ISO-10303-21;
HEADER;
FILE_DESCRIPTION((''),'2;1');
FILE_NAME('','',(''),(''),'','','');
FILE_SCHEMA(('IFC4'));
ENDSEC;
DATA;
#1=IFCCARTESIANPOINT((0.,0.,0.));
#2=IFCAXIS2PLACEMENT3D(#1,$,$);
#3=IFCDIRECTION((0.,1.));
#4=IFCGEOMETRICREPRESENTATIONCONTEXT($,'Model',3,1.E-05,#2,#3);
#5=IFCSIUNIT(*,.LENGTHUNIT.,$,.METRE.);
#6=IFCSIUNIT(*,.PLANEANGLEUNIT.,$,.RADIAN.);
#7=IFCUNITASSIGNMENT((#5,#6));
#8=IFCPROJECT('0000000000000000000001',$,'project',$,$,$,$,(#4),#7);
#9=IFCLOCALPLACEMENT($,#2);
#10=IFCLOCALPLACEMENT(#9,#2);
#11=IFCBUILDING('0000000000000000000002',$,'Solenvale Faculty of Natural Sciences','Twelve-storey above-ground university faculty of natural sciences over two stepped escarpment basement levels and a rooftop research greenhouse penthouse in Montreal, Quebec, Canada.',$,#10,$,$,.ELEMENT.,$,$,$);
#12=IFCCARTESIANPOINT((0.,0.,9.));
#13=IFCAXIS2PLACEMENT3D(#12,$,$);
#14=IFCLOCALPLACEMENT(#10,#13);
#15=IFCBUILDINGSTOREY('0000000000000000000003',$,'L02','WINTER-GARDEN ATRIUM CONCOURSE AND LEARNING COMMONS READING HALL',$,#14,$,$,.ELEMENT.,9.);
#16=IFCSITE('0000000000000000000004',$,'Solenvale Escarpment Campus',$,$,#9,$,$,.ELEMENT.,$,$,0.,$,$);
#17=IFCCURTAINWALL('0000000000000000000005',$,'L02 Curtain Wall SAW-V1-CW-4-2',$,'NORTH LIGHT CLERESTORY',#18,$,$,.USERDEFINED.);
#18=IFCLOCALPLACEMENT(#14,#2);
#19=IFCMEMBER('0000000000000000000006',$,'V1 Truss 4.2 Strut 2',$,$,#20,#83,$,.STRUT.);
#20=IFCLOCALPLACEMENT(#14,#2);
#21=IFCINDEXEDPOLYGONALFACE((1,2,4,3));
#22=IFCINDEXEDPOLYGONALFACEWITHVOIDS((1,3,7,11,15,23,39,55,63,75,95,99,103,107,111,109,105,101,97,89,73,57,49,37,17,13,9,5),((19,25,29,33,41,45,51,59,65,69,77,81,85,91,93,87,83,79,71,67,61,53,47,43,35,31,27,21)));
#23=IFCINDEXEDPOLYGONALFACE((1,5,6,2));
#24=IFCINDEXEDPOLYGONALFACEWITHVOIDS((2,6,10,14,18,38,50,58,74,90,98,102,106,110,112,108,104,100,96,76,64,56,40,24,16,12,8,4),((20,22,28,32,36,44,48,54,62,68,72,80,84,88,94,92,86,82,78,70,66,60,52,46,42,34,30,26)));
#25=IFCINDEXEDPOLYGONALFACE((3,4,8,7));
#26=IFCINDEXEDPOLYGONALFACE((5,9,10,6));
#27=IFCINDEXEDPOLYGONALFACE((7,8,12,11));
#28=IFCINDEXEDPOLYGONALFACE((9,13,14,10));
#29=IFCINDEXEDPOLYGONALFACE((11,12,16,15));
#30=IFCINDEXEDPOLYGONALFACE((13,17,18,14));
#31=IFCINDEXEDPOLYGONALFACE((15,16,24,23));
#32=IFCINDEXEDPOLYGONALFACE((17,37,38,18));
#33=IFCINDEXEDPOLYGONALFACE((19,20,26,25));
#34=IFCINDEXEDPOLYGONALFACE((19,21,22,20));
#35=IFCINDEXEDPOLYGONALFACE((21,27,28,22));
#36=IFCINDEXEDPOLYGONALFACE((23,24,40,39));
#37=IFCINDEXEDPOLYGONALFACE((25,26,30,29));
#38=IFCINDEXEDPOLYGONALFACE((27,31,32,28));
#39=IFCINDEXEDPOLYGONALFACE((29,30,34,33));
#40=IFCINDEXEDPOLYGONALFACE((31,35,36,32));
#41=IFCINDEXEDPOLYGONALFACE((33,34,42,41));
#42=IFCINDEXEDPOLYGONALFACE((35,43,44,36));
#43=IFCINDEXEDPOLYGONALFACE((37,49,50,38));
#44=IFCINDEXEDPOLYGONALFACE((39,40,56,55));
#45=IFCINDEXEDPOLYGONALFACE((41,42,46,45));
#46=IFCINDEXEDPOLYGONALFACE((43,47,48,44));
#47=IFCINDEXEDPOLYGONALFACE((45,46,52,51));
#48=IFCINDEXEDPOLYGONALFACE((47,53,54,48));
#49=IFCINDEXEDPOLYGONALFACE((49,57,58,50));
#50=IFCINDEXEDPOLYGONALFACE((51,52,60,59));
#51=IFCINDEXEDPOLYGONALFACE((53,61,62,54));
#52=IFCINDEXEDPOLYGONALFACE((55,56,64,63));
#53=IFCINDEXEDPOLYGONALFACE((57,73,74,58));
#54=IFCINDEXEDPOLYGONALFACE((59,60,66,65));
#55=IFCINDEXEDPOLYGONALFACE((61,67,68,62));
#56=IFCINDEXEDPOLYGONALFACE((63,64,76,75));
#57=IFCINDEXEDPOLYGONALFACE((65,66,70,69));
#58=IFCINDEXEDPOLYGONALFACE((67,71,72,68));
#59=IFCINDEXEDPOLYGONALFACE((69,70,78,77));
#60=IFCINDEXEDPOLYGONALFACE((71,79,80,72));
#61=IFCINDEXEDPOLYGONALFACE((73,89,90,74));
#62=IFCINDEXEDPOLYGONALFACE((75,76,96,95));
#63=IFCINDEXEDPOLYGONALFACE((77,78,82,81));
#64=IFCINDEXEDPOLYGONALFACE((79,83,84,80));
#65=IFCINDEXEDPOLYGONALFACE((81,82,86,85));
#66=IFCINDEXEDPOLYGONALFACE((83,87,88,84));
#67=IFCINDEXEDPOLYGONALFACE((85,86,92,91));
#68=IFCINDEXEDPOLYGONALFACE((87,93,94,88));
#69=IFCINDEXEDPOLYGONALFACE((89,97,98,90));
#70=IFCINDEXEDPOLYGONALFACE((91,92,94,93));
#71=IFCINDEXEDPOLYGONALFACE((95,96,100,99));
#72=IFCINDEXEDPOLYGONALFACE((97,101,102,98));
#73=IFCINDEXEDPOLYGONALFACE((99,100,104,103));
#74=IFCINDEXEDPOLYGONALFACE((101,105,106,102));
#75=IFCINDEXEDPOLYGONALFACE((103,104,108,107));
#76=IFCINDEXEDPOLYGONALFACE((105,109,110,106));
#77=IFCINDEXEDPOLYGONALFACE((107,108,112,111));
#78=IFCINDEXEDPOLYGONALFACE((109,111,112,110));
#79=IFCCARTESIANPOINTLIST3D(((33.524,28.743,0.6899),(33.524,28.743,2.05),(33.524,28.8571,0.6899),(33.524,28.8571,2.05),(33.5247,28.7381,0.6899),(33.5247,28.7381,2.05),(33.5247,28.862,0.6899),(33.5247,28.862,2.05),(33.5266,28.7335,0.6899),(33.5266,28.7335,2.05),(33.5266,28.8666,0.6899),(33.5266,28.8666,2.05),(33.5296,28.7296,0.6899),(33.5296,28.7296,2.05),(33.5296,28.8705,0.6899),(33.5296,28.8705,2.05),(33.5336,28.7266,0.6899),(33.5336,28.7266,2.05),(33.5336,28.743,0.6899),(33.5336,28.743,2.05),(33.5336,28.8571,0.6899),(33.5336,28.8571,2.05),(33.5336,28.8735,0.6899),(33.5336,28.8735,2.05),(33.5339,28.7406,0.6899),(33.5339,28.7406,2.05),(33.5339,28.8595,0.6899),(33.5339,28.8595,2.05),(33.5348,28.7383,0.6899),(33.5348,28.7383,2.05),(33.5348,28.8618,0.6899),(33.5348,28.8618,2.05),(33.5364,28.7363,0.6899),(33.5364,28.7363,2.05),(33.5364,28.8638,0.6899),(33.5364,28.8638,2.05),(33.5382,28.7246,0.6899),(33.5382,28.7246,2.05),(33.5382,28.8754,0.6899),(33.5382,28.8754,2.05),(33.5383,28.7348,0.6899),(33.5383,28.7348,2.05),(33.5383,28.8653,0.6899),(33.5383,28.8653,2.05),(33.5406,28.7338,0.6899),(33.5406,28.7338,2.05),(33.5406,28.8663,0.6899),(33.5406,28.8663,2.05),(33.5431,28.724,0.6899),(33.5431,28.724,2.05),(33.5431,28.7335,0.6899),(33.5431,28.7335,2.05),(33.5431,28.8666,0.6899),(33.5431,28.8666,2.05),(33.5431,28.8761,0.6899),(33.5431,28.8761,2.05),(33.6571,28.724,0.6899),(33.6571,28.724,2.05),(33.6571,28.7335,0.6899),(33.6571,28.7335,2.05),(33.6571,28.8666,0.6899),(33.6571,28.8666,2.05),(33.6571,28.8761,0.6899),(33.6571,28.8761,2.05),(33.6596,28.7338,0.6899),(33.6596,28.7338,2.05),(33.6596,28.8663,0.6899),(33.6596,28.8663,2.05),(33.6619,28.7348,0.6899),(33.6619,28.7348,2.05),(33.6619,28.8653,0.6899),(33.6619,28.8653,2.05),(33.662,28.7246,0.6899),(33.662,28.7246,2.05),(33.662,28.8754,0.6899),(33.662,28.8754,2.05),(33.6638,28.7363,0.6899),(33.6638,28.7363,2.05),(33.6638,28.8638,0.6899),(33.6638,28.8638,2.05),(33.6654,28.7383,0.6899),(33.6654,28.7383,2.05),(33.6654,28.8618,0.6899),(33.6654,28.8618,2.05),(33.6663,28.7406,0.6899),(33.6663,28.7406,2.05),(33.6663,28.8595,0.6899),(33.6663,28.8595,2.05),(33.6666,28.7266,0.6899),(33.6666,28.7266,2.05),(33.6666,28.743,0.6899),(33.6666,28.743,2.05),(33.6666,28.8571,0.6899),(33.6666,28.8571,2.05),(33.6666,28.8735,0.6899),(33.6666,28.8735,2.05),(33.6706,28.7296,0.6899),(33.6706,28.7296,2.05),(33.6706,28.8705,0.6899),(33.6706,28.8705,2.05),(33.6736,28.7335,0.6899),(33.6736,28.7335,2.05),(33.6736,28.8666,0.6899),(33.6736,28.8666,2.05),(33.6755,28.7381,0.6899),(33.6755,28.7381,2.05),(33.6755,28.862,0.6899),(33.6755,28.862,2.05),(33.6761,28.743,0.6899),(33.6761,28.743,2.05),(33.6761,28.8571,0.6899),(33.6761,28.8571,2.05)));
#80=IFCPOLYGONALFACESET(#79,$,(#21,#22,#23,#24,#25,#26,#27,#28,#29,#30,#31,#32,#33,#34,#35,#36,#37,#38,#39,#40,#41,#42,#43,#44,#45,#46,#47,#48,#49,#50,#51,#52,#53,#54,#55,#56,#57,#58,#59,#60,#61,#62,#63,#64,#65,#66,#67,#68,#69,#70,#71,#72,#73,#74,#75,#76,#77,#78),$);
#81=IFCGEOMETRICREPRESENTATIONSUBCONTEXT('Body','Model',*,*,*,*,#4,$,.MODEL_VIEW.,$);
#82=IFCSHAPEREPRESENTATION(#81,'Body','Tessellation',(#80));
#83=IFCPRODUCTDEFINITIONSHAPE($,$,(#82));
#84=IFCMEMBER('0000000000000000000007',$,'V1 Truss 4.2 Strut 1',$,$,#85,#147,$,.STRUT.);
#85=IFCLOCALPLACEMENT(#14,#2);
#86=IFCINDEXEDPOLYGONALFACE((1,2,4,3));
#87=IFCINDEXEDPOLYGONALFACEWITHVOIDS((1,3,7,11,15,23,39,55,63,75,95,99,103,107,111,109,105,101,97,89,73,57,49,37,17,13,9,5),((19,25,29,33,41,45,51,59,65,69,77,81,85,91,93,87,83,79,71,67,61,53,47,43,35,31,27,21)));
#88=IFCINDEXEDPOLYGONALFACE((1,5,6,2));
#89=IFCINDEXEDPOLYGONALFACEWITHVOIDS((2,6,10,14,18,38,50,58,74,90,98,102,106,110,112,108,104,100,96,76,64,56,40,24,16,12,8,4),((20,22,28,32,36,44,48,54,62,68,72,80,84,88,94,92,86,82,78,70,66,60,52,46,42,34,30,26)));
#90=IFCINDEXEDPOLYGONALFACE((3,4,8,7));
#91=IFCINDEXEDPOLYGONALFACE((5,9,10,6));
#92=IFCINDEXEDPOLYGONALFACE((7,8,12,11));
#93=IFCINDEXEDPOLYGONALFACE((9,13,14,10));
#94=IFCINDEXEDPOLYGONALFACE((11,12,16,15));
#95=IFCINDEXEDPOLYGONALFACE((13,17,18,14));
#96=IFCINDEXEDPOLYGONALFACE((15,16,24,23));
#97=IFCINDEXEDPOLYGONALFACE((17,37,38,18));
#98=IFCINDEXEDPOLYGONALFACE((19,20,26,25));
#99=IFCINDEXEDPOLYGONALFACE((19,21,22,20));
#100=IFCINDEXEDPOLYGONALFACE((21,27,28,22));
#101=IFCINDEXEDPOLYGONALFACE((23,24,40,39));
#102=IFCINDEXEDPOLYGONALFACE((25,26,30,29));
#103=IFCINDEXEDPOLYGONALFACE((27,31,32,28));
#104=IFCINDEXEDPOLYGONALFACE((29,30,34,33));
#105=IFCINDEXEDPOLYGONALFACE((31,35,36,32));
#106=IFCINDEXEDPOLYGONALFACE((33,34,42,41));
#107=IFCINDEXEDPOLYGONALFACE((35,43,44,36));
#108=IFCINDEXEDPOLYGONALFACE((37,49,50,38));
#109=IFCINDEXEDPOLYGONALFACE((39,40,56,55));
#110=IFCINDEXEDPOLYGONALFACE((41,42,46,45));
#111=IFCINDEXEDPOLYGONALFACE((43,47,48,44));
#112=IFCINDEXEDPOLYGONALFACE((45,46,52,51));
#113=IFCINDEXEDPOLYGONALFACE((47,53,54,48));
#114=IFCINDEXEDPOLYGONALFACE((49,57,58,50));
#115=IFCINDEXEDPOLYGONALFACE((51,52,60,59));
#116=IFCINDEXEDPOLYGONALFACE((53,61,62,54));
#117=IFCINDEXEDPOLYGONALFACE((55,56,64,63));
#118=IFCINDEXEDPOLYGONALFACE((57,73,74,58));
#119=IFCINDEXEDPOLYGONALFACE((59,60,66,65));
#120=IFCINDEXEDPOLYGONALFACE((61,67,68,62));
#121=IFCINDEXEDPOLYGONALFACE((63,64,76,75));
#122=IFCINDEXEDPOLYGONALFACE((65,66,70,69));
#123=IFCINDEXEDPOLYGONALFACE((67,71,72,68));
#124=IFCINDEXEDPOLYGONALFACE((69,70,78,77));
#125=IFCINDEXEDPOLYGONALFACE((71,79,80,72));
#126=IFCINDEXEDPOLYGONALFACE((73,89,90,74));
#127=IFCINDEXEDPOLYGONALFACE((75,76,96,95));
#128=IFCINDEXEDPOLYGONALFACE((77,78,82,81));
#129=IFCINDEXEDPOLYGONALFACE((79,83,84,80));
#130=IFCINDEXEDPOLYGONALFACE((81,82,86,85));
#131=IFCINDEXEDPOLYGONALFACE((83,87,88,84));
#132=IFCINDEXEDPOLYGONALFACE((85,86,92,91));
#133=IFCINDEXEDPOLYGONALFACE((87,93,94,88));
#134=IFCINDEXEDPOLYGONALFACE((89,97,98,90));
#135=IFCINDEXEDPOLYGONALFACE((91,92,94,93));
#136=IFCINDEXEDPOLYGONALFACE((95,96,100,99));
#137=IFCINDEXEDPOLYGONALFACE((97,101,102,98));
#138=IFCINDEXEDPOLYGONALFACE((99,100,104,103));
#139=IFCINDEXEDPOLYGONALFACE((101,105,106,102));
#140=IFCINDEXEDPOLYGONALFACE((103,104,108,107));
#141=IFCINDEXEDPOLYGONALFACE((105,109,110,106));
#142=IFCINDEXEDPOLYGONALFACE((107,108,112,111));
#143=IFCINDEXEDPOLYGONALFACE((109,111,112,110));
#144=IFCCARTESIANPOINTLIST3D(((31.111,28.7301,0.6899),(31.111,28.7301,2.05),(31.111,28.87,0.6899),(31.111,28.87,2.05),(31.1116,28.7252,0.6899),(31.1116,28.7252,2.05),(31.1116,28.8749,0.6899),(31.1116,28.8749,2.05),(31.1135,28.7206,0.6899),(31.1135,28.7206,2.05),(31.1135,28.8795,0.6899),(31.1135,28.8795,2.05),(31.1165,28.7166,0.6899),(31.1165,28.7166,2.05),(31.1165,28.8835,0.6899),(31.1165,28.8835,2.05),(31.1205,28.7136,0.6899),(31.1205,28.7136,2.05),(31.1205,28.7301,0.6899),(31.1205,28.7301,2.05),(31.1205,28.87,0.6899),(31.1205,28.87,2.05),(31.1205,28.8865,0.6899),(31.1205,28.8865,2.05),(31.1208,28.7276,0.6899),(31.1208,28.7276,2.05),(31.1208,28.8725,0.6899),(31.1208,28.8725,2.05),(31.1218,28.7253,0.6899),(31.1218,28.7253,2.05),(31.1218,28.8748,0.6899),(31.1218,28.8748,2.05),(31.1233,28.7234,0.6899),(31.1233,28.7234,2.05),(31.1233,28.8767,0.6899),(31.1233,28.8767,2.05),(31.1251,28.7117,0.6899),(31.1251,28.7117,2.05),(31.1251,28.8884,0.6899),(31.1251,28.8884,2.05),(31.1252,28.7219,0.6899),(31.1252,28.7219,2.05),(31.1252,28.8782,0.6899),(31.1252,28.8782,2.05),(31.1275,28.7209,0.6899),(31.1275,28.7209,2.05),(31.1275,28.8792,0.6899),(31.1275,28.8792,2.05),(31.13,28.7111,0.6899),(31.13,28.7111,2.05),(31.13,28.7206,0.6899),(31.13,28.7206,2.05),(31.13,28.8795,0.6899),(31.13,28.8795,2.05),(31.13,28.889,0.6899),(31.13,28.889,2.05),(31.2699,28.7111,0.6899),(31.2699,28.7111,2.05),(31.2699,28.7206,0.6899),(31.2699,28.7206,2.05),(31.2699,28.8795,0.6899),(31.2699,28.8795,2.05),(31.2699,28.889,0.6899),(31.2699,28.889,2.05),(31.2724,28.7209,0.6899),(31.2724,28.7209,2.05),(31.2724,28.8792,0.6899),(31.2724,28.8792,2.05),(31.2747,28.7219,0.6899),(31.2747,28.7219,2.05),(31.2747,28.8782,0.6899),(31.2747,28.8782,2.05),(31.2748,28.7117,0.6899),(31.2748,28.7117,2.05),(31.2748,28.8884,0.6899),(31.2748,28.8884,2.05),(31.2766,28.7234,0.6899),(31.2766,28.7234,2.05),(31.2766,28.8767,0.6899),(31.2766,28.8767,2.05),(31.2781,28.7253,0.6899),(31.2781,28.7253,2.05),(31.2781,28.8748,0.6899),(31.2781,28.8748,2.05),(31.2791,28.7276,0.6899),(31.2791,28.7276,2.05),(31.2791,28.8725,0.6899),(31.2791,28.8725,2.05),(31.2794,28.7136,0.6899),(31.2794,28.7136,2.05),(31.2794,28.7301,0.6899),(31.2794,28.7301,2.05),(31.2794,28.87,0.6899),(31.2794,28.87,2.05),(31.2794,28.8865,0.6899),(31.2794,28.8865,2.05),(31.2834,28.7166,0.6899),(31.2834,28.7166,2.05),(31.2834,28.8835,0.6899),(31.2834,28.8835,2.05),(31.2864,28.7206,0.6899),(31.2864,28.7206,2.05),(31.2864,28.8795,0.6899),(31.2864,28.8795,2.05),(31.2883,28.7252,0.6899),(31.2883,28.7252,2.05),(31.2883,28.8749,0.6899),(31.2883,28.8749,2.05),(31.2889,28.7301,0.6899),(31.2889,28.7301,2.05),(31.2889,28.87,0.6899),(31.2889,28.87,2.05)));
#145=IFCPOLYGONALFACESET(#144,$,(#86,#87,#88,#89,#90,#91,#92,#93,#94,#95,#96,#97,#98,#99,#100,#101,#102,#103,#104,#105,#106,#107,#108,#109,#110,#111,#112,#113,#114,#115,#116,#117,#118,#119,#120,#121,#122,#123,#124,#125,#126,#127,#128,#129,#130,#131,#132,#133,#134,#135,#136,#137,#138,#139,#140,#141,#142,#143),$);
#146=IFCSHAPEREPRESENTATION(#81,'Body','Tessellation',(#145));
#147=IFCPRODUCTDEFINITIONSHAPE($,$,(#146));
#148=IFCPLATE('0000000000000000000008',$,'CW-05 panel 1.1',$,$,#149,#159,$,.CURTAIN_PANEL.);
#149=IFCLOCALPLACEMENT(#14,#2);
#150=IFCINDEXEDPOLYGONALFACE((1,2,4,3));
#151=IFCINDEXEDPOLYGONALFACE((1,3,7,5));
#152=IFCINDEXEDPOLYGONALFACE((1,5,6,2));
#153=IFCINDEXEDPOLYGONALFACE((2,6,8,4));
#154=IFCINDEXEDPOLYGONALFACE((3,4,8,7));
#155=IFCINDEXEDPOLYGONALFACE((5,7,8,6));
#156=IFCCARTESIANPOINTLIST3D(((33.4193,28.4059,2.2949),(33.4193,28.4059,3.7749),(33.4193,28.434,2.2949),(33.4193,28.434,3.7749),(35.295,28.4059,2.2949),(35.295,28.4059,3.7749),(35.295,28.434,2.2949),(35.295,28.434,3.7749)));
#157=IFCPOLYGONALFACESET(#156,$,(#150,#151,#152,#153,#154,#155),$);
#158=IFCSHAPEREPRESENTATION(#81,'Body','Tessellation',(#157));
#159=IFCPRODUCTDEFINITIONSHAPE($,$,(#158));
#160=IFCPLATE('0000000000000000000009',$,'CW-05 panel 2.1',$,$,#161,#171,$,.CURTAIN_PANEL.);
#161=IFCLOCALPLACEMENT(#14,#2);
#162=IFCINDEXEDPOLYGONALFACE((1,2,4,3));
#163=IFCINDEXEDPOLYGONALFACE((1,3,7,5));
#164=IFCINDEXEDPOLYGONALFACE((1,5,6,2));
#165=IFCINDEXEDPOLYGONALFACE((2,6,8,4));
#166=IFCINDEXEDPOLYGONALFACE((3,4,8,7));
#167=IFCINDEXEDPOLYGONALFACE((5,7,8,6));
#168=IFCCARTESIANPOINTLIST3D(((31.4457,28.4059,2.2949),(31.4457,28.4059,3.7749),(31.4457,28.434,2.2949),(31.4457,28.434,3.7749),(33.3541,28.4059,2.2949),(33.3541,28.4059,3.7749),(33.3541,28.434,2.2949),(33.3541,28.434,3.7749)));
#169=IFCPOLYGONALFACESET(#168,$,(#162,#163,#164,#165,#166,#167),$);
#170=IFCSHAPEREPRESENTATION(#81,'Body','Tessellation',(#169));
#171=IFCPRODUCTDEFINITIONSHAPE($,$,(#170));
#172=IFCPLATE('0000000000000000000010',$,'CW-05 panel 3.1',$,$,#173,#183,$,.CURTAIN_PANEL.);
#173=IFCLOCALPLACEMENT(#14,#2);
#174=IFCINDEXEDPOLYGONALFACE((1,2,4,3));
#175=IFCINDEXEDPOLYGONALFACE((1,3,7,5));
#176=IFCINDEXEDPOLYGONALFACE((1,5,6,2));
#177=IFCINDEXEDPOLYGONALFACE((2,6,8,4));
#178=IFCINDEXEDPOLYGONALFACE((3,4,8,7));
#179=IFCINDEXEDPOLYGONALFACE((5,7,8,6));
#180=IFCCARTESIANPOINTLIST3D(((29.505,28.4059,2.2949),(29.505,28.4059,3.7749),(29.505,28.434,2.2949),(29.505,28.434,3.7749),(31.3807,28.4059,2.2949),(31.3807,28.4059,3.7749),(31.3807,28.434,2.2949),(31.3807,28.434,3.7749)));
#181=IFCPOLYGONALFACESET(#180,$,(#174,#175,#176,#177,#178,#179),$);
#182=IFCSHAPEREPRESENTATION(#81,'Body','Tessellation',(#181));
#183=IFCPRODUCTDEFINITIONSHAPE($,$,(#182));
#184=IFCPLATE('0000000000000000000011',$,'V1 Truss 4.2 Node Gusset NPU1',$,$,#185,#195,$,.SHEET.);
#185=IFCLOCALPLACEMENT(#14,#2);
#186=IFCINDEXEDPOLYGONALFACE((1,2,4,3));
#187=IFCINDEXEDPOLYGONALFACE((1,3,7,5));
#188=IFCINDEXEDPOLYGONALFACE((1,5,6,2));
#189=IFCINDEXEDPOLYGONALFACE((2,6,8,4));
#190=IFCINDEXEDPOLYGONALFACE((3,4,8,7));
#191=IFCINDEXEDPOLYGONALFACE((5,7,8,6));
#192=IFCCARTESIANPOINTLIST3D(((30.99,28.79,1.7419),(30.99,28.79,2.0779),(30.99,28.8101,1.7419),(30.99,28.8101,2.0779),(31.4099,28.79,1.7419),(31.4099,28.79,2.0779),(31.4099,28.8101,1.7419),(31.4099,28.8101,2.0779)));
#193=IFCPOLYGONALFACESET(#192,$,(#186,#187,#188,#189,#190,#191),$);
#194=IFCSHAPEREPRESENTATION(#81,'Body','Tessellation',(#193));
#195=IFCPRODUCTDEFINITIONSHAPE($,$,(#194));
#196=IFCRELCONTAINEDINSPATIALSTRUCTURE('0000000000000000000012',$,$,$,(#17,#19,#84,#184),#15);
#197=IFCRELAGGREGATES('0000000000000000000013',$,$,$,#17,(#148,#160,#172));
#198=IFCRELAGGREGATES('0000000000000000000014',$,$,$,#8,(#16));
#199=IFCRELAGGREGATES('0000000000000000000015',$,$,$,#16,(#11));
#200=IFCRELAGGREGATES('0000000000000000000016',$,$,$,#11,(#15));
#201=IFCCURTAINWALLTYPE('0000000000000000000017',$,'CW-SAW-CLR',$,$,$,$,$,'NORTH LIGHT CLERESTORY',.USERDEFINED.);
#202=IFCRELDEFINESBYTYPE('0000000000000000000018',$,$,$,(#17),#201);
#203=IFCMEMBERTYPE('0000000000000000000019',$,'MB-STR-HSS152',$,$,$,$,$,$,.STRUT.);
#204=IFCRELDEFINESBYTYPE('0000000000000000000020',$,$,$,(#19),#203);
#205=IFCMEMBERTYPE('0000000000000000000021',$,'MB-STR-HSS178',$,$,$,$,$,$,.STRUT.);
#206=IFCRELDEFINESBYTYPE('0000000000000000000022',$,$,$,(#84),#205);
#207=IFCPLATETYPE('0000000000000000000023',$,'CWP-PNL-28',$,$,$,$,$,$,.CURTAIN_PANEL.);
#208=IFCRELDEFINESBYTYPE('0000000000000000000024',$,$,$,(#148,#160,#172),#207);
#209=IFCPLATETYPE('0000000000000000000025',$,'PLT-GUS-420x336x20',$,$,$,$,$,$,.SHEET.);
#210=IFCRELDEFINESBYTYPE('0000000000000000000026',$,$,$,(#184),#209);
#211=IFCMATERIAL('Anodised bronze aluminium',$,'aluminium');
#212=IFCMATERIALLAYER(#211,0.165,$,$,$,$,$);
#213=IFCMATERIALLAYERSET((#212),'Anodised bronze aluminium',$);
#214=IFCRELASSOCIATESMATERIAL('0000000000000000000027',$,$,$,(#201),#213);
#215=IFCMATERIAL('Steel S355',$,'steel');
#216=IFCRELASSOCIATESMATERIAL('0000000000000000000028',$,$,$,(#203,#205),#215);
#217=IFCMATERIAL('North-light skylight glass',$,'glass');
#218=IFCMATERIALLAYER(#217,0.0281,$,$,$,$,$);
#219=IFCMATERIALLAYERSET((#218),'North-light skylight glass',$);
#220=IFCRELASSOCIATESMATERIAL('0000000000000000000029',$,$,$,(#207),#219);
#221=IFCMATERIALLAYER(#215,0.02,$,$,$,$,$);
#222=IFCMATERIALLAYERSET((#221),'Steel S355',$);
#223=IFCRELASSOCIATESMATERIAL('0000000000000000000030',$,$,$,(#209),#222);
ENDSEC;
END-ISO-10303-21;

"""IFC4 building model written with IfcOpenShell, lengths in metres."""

from ifc_helpers import new_model, si_unit, direction, frame, origin, origin_2d, place, context, subcontext, project, spatial, rectangle, hollow_rectangle, extrude, material, layer, layer_set, material_profile, profile_set, type_object, element, aggregate, save


model = new_model("IFC4")

# Units and contexts
model_context = context("Model", 3, precision=1e-05, world=origin(), true_north=direction((0.0, 1.0)))
body_context = subcontext(model_context, "Body", "Model", "MODEL_VIEW")
ifc_project = project(units=[si_unit("LENGTHUNIT", "METRE"), si_unit("PLANEANGLEUNIT", "RADIAN")], contexts=[model_context])

# Site, building, storey
site_placement = place(None, origin())
site = spatial("IfcSite", under=ifc_project, at=site_placement, Name="Solenvale Escarpment Campus", CompositionType="ELEMENT", RefElevation=0.0)
building_placement = place(site_placement, origin())
building = spatial("IfcBuilding", under=site, at=building_placement, Name="Solenvale Faculty of Natural Sciences", Description="Twelve-storey above-ground university faculty of natural sciences over two stepped escarpment basement levels and a rooftop research greenhouse penthouse in Montreal, Quebec, Canada.", CompositionType="ELEMENT")
storey_placement = place(building_placement, frame((0.0, 0.0, 9.0)))
storey = spatial("IfcBuildingStorey", under=building, at=storey_placement, Name="L02", Description="WINTER-GARDEN ATRIUM CONCOURSE AND LEARNING COMMONS READING HALL", CompositionType="ELEMENT", Elevation=9.0)

# Shared definitions
ifc_material_1 = material(Name="Steel S355", Category="steel")

# Curtain wall
ifc_material_2 = material(Name="Anodised bronze aluminium", Category="aluminium")
ifc_layer_1 = layer(ifc_material_2, 0.165)
ifc_layer_set_1 = layer_set([ifc_layer_1], Name="Anodised bronze aluminium")
curtain_wall_type = type_object("IfcCurtainWallType", Name="CW-SAW-CLR", ElementType="NORTH LIGHT CLERESTORY", PredefinedType="USERDEFINED", material=ifc_layer_set_1)
curtain_wall_placement = place(storey_placement, origin())
curtain_wall = element("IfcCurtainWall", 1, at=curtain_wall_placement, inside=storey, type_object=curtain_wall_type, Name="L02 Curtain Wall SAW-V1-CW-4-2", ObjectType="NORTH LIGHT CLERESTORY", PredefinedType="USERDEFINED")

# Members
ifc_material_profile_1 = material_profile(ifc_material_1, hollow_rectangle(XDim=0.1521, YDim=0.1521, WallThickness=0.0095, InnerFilletRadius=0.0095, OuterFilletRadius=0.019, at=origin_2d()), Name="HSS152x152x9.5")
ifc_profile_set_1 = profile_set([ifc_material_profile_1], Name="Steel S355")
member_type_1 = type_object("IfcMemberType", Name="MB-STR-HSS152", PredefinedType="STRUT", material=ifc_profile_set_1)
for number, where, z_axis, x_axis, name in (
    (2, (33.6001, 28.8, 0.6899), (0.0, 0.0, 1.0), (1.0, 0.0, 0.0), "V1 Truss 4.2 Strut 2"),
):
    element("IfcMember", number, at=place(storey_placement, frame(where, z_axis=z_axis, x_axis=x_axis)), inside=storey, type_object=member_type_1, Name=name, PredefinedType="STRUT", context=body_context, shape_type="SweptSolid", body=[
        extrude(hollow_rectangle(XDim=0.1521, YDim=0.1521, WallThickness=0.0095, InnerFilletRadius=0.0095, OuterFilletRadius=0.019, at=origin_2d()), origin(), (0.0, 0.0, 1.0), 1.3601),
    ])
ifc_material_profile_2 = material_profile(ifc_material_1, hollow_rectangle(XDim=0.178, YDim=0.178, WallThickness=0.0095, InnerFilletRadius=0.0095, OuterFilletRadius=0.019, at=origin_2d()), Name="HSS178x178x9.5")
ifc_profile_set_2 = profile_set([ifc_material_profile_2], Name="Steel S355")
member_type_2 = type_object("IfcMemberType", Name="MB-STR-HSS178", PredefinedType="STRUT", material=ifc_profile_set_2)
member_1_placement = place(storey_placement, frame((31.2, 28.8, 0.6899), z_axis=(0.0, 0.0, 1.0), x_axis=(1.0, 0.0, 0.0)))
element("IfcMember", 3, at=member_1_placement, inside=storey, type_object=member_type_2, Name="V1 Truss 4.2 Strut 1", PredefinedType="STRUT", context=body_context, shape_type="SweptSolid", body=[
    extrude(hollow_rectangle(XDim=0.178, YDim=0.178, WallThickness=0.0095, InnerFilletRadius=0.0095, OuterFilletRadius=0.019, at=origin_2d()), origin(), (0.0, 0.0, 1.0), 1.3601),
])

# Plates
ifc_material_3 = material(Name="North-light skylight glass", Category="glass")
ifc_layer_2 = layer(ifc_material_3, 0.0281)
ifc_layer_set_2 = layer_set([ifc_layer_2], Name="North-light skylight glass")
plate_type_1 = type_object("IfcPlateType", Name="CWP-PNL-28", PredefinedType="CURTAIN_PANEL", material=ifc_layer_set_2)
plate_1_placement = place(storey_placement, frame((34.3572, 28.4199, 2.2949), z_axis=(0.0, 0.0, 1.0), x_axis=(-1.0, 0.0, 0.0)))
plate_1 = element("IfcPlate", 4, at=plate_1_placement, type_object=plate_type_1, Name="CW-05 panel 1.1", PredefinedType="CURTAIN_PANEL", context=body_context, shape_type="SweptSolid", body=[
    extrude(rectangle(XDim=1.8757, YDim=0.0281, at=origin_2d()), origin(), (0.0, 0.0, 1.0), 1.48),
])
plate_2_placement = place(storey_placement, frame((32.3999, 28.4199, 2.2949), z_axis=(0.0, 0.0, 1.0), x_axis=(-1.0, 0.0, 0.0)))
plate_2 = element("IfcPlate", 5, at=plate_2_placement, type_object=plate_type_1, Name="CW-05 panel 2.1", PredefinedType="CURTAIN_PANEL", context=body_context, shape_type="SweptSolid", body=[
    extrude(rectangle(XDim=1.9084, YDim=0.0281, at=origin_2d()), origin(), (0.0, 0.0, 1.0), 1.48),
])
plate_3_placement = place(storey_placement, frame((30.4429, 28.4199, 2.2949), z_axis=(0.0, 0.0, 1.0), x_axis=(-1.0, 0.0, 0.0)))
plate_3 = element("IfcPlate", 6, at=plate_3_placement, type_object=plate_type_1, Name="CW-05 panel 3.1", PredefinedType="CURTAIN_PANEL", context=body_context, shape_type="SweptSolid", body=[
    extrude(rectangle(XDim=1.8757, YDim=0.0281, at=origin_2d()), origin(), (0.0, 0.0, 1.0), 1.48),
])
aggregate(curtain_wall, [plate_1, plate_2, plate_3])

# Plate
ifc_layer_3 = layer(ifc_material_1, 0.02)
ifc_layer_set_3 = layer_set([ifc_layer_3], Name="Steel S355")
plate_type_2 = type_object("IfcPlateType", Name="PLT-GUS-420x336x20", PredefinedType="SHEET", material=ifc_layer_set_3)
plate_4_placement = place(storey_placement, frame((31.2, 28.8, 1.7419), z_axis=(0.0, 0.0, 1.0), x_axis=(1.0, 0.0, 0.0)))
element("IfcPlate", 7, at=plate_4_placement, inside=storey, type_object=plate_type_2, Name="V1 Truss 4.2 Node Gusset NPU1", PredefinedType="SHEET", context=body_context, shape_type="SweptSolid", body=[
    extrude(rectangle(XDim=0.4199, YDim=0.02, at=origin_2d()), origin(), (0.0, 0.0, 1.0), 0.3359),
])

save(model, "model.ifc")
